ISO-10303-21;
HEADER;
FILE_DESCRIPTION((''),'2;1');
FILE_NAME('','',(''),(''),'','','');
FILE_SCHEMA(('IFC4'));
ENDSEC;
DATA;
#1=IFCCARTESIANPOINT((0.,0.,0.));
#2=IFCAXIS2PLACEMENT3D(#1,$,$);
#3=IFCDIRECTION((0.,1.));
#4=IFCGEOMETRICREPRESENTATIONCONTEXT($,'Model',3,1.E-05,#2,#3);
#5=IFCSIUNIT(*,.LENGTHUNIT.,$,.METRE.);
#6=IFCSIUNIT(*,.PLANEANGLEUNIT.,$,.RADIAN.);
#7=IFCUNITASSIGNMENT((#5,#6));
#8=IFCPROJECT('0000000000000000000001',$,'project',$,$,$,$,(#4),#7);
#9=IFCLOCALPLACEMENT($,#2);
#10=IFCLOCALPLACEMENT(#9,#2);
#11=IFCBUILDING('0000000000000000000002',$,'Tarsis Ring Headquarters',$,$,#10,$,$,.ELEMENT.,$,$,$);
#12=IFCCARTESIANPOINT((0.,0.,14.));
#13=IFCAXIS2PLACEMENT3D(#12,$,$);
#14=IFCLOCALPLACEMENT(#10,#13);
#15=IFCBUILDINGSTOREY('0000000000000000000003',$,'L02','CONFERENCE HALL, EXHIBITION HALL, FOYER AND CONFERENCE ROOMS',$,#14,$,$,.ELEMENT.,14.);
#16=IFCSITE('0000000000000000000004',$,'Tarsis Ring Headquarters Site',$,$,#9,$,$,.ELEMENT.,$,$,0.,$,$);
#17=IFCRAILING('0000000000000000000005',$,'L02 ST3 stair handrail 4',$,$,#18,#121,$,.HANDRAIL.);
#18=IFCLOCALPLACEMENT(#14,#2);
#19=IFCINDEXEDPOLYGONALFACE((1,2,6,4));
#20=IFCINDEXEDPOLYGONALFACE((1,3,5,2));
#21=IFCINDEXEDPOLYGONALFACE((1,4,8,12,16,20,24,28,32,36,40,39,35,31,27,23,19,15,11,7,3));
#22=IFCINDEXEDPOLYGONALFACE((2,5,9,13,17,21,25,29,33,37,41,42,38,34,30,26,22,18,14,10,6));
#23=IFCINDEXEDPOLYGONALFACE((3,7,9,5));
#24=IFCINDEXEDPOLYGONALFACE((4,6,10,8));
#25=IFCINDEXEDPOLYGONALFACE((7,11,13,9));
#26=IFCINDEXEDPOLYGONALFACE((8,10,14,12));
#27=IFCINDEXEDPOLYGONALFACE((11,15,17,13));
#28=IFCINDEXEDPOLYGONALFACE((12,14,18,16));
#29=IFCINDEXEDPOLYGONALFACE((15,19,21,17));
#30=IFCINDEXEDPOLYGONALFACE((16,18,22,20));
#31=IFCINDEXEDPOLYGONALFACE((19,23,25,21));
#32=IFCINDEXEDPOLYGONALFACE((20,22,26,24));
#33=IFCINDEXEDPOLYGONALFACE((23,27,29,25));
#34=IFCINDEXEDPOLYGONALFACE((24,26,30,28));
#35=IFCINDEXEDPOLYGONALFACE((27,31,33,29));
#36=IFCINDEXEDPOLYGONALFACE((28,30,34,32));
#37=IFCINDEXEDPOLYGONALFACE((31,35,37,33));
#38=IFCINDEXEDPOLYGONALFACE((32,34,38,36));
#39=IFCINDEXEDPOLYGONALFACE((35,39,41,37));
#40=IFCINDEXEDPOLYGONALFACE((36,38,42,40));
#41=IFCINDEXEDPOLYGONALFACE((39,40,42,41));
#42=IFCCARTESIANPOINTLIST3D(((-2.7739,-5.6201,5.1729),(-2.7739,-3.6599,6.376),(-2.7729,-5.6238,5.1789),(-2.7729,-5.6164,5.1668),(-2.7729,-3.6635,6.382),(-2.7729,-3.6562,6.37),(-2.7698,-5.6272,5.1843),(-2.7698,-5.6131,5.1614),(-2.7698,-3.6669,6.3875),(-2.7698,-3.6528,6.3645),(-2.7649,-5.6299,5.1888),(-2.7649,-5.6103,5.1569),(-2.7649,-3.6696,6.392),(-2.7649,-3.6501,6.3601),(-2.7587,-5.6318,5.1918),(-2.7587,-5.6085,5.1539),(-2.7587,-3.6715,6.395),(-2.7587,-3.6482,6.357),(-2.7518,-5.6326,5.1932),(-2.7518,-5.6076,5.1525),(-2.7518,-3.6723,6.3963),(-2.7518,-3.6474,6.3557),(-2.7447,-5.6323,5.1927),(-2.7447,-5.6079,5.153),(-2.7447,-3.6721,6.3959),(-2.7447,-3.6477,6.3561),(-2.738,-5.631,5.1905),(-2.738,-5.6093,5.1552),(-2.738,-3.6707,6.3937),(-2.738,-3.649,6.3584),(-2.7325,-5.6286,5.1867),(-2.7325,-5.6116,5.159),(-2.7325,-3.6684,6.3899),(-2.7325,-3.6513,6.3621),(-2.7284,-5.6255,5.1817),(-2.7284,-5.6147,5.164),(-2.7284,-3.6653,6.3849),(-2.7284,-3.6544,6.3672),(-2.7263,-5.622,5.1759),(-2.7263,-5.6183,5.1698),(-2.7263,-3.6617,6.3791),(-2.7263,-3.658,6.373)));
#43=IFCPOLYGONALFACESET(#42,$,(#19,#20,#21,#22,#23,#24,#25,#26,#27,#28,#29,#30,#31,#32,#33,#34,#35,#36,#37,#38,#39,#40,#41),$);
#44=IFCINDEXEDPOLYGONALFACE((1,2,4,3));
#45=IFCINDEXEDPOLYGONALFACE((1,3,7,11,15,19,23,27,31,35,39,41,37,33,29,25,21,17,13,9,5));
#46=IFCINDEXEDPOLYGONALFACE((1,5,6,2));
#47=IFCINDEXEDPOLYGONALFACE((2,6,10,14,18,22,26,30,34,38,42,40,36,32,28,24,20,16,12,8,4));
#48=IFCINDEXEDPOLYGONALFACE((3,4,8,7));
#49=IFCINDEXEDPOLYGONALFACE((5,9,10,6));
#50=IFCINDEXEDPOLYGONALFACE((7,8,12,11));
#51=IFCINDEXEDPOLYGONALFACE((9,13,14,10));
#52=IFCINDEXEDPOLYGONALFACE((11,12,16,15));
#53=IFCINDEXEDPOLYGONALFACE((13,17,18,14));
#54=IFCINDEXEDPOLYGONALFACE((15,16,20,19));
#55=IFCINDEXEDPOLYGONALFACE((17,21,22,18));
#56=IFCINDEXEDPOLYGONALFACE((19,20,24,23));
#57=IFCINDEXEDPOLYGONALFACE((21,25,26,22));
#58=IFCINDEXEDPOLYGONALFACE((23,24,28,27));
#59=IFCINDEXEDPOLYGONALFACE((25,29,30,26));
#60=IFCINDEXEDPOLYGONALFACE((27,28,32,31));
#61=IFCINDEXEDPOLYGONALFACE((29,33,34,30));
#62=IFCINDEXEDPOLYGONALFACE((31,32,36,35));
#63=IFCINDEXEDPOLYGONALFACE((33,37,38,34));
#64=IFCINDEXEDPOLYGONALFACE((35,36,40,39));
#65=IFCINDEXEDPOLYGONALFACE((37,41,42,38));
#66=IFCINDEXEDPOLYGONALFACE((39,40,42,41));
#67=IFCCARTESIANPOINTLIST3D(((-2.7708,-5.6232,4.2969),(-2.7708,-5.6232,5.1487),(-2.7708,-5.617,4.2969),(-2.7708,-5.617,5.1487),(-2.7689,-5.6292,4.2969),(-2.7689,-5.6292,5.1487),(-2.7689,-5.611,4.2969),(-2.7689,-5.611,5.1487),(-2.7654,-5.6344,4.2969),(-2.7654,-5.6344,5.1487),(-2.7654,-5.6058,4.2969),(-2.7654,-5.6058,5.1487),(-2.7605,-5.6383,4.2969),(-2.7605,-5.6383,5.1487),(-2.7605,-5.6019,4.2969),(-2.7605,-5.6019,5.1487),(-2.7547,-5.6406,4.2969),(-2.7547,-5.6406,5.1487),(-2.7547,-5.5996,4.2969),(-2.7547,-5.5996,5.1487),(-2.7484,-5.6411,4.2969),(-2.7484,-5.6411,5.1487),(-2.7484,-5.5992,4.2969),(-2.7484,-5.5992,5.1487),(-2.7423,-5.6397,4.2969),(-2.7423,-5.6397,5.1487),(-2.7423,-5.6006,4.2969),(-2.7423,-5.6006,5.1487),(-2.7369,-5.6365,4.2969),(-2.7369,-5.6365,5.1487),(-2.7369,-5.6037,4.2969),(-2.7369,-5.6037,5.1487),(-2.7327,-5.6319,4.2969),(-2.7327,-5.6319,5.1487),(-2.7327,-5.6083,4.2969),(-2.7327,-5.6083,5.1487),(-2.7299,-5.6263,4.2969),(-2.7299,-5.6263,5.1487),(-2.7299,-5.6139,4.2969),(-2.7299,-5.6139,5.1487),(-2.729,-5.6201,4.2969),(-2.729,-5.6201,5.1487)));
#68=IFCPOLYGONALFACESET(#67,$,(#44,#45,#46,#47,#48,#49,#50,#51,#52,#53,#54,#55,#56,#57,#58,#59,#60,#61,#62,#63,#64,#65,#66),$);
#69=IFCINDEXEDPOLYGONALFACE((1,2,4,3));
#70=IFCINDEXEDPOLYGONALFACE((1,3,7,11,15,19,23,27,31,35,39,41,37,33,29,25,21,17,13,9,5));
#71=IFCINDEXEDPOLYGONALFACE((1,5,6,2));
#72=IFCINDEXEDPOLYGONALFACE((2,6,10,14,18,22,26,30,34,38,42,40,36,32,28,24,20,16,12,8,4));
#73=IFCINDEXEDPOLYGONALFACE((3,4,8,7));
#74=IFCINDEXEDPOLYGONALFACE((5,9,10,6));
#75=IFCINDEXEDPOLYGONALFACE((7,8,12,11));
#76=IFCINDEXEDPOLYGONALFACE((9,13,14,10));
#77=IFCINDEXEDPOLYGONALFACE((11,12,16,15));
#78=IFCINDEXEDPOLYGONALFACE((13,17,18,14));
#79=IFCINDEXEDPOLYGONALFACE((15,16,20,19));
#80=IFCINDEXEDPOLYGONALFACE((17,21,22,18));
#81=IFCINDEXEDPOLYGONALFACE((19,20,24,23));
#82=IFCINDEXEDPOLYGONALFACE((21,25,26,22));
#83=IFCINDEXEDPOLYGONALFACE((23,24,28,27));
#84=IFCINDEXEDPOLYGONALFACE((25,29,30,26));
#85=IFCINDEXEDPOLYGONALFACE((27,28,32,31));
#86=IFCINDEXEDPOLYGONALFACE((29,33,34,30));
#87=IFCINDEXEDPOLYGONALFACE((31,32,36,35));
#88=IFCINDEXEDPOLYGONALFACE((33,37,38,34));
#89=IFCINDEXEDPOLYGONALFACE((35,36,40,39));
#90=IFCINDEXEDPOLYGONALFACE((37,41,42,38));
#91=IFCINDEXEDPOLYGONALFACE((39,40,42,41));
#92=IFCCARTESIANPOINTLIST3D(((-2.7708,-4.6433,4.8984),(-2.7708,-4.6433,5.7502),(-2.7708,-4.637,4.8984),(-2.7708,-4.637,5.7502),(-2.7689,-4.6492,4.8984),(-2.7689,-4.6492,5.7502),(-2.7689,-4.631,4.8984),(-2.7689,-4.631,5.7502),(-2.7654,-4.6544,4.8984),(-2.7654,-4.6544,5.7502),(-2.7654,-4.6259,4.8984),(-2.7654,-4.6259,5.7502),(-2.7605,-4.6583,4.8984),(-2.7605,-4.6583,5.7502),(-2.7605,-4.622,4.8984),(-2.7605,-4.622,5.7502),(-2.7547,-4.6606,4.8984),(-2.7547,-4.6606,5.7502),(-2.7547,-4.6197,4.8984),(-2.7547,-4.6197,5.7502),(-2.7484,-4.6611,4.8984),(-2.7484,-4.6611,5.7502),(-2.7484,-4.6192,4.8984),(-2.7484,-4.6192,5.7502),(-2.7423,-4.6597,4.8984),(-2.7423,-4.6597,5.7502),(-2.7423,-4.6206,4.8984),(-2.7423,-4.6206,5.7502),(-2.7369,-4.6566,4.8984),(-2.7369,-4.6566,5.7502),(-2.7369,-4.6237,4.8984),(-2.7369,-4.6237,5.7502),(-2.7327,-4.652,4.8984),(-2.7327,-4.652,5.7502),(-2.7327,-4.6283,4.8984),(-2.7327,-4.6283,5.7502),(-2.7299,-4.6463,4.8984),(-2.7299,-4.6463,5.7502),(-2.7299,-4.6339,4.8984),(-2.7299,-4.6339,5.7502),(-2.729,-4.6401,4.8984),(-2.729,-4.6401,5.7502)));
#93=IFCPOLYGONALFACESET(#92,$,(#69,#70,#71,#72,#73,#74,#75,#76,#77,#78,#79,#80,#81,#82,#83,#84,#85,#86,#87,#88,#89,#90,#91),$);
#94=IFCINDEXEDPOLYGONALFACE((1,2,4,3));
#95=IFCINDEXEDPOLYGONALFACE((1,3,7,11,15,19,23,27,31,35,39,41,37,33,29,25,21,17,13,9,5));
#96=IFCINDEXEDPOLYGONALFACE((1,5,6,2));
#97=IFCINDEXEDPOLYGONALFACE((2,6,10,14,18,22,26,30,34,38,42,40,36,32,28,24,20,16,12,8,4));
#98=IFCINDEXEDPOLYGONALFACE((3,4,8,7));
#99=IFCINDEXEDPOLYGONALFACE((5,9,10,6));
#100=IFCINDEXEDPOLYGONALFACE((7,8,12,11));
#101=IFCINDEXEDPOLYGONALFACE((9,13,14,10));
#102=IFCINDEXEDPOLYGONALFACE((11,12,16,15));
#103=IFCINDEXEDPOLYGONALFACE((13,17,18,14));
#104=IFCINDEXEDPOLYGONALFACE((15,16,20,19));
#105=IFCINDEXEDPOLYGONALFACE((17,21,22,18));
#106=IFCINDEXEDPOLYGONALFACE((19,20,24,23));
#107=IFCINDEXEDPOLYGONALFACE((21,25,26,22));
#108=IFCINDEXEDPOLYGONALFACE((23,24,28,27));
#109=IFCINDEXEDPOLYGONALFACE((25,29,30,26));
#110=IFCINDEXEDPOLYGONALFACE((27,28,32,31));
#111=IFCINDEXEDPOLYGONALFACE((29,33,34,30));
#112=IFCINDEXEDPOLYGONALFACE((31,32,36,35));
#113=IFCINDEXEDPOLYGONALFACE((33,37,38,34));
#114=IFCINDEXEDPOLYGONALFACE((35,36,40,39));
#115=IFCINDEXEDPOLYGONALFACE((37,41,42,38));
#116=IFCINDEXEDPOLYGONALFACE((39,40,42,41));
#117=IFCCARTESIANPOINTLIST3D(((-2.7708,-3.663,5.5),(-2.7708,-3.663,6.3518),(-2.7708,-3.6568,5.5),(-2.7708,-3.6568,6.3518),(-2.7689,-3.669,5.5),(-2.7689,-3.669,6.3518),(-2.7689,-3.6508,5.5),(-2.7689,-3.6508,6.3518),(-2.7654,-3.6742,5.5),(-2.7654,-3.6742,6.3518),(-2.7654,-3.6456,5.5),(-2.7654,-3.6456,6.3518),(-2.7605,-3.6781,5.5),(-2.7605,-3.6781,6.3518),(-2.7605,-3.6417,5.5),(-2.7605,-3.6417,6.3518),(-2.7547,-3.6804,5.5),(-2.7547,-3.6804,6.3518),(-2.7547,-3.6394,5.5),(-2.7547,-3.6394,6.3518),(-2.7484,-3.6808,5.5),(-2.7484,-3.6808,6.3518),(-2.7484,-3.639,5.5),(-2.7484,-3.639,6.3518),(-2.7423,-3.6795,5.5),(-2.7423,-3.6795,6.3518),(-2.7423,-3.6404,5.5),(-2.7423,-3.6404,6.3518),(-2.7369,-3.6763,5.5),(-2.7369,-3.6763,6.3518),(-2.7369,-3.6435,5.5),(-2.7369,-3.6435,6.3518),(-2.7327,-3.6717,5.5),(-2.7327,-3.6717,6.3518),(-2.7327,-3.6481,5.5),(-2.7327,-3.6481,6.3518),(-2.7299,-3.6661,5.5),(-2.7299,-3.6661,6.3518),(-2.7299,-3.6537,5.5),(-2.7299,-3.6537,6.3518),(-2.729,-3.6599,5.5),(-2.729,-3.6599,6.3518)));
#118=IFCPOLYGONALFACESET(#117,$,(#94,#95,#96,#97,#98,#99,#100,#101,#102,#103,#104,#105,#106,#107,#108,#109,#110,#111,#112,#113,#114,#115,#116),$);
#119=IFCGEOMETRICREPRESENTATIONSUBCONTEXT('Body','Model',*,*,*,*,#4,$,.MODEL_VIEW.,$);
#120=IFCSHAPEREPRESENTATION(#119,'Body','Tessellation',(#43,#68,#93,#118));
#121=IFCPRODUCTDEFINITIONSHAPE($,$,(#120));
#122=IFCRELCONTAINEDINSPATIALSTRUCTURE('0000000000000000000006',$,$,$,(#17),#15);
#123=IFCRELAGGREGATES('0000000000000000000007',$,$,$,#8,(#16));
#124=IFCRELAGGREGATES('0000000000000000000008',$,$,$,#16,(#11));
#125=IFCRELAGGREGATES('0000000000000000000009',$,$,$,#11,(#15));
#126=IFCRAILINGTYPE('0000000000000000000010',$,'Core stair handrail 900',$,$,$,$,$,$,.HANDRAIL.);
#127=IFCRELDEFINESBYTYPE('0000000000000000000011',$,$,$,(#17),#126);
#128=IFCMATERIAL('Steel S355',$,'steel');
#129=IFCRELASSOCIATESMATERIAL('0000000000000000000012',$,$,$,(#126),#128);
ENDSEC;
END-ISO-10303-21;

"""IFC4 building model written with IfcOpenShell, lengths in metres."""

from ifc_helpers import new_model, si_unit, direction, frame, origin, origin_2d, place, context, subcontext, project, spatial, circle, extrude, material, type_object, element, save


model = new_model("IFC4")

# Units and contexts
model_context = context("Model", 3, precision=1e-05, world=origin(), true_north=direction((0.0, 1.0)))
body_context = subcontext(model_context, "Body", "Model", "MODEL_VIEW")
ifc_project = project(units=[si_unit("LENGTHUNIT", "METRE"), si_unit("PLANEANGLEUNIT", "RADIAN")], contexts=[model_context])

# Site, building, storey
site_placement = place(None, origin())
site = spatial("IfcSite", under=ifc_project, at=site_placement, Name="Tarsis Ring Headquarters Site", CompositionType="ELEMENT", RefElevation=0.0)
building_placement = place(site_placement, origin())
building = spatial("IfcBuilding", under=site, at=building_placement, Name="Tarsis Ring Headquarters", CompositionType="ELEMENT")
storey_placement = place(building_placement, frame((0.0, 0.0, 14.0)))
storey = spatial("IfcBuildingStorey", under=building, at=storey_placement, Name="L02", Description="CONFERENCE HALL, EXHIBITION HALL, FOYER AND CONFERENCE ROOMS", CompositionType="ELEMENT", Elevation=14.0)

# Railing
ifc_material_1 = material(Name="Steel S355", Category="steel")
railing_type_1 = type_object("IfcRailingType", Name="Core stair handrail 900", PredefinedType="HANDRAIL", material=ifc_material_1)
railing_1_placement = place(storey_placement, frame((-2.75, -5.6201, 4.2969)))
element("IfcRailing", 1, at=railing_1_placement, inside=storey, type_object=railing_type_1, Name="L02 ST3 stair handrail 4", PredefinedType="HANDRAIL", context=body_context, shape_type="SweptSolid", body=[
    extrude(circle(Radius=0.0239, at=origin_2d()), frame((0.0, 0.0, 0.876), z_axis=(0.0, 0.85227, 0.523102), x_axis=(-1.0, 0.0, 0.0)), (0.0, 0.0, 1.0), 2.3),
    extrude(circle(Radius=0.021, at=origin_2d()), origin(), (0.0, 0.0, 1.0), 0.8518),
    extrude(circle(Radius=0.021, at=origin_2d()), frame((0.0, 0.98, 0.6016)), (0.0, 0.0, 1.0), 0.8518),
    extrude(circle(Radius=0.021, at=origin_2d()), frame((0.0, 1.9602, 1.2031)), (0.0, 0.0, 1.0), 0.8518),
])

save(model, "model.ifc")
